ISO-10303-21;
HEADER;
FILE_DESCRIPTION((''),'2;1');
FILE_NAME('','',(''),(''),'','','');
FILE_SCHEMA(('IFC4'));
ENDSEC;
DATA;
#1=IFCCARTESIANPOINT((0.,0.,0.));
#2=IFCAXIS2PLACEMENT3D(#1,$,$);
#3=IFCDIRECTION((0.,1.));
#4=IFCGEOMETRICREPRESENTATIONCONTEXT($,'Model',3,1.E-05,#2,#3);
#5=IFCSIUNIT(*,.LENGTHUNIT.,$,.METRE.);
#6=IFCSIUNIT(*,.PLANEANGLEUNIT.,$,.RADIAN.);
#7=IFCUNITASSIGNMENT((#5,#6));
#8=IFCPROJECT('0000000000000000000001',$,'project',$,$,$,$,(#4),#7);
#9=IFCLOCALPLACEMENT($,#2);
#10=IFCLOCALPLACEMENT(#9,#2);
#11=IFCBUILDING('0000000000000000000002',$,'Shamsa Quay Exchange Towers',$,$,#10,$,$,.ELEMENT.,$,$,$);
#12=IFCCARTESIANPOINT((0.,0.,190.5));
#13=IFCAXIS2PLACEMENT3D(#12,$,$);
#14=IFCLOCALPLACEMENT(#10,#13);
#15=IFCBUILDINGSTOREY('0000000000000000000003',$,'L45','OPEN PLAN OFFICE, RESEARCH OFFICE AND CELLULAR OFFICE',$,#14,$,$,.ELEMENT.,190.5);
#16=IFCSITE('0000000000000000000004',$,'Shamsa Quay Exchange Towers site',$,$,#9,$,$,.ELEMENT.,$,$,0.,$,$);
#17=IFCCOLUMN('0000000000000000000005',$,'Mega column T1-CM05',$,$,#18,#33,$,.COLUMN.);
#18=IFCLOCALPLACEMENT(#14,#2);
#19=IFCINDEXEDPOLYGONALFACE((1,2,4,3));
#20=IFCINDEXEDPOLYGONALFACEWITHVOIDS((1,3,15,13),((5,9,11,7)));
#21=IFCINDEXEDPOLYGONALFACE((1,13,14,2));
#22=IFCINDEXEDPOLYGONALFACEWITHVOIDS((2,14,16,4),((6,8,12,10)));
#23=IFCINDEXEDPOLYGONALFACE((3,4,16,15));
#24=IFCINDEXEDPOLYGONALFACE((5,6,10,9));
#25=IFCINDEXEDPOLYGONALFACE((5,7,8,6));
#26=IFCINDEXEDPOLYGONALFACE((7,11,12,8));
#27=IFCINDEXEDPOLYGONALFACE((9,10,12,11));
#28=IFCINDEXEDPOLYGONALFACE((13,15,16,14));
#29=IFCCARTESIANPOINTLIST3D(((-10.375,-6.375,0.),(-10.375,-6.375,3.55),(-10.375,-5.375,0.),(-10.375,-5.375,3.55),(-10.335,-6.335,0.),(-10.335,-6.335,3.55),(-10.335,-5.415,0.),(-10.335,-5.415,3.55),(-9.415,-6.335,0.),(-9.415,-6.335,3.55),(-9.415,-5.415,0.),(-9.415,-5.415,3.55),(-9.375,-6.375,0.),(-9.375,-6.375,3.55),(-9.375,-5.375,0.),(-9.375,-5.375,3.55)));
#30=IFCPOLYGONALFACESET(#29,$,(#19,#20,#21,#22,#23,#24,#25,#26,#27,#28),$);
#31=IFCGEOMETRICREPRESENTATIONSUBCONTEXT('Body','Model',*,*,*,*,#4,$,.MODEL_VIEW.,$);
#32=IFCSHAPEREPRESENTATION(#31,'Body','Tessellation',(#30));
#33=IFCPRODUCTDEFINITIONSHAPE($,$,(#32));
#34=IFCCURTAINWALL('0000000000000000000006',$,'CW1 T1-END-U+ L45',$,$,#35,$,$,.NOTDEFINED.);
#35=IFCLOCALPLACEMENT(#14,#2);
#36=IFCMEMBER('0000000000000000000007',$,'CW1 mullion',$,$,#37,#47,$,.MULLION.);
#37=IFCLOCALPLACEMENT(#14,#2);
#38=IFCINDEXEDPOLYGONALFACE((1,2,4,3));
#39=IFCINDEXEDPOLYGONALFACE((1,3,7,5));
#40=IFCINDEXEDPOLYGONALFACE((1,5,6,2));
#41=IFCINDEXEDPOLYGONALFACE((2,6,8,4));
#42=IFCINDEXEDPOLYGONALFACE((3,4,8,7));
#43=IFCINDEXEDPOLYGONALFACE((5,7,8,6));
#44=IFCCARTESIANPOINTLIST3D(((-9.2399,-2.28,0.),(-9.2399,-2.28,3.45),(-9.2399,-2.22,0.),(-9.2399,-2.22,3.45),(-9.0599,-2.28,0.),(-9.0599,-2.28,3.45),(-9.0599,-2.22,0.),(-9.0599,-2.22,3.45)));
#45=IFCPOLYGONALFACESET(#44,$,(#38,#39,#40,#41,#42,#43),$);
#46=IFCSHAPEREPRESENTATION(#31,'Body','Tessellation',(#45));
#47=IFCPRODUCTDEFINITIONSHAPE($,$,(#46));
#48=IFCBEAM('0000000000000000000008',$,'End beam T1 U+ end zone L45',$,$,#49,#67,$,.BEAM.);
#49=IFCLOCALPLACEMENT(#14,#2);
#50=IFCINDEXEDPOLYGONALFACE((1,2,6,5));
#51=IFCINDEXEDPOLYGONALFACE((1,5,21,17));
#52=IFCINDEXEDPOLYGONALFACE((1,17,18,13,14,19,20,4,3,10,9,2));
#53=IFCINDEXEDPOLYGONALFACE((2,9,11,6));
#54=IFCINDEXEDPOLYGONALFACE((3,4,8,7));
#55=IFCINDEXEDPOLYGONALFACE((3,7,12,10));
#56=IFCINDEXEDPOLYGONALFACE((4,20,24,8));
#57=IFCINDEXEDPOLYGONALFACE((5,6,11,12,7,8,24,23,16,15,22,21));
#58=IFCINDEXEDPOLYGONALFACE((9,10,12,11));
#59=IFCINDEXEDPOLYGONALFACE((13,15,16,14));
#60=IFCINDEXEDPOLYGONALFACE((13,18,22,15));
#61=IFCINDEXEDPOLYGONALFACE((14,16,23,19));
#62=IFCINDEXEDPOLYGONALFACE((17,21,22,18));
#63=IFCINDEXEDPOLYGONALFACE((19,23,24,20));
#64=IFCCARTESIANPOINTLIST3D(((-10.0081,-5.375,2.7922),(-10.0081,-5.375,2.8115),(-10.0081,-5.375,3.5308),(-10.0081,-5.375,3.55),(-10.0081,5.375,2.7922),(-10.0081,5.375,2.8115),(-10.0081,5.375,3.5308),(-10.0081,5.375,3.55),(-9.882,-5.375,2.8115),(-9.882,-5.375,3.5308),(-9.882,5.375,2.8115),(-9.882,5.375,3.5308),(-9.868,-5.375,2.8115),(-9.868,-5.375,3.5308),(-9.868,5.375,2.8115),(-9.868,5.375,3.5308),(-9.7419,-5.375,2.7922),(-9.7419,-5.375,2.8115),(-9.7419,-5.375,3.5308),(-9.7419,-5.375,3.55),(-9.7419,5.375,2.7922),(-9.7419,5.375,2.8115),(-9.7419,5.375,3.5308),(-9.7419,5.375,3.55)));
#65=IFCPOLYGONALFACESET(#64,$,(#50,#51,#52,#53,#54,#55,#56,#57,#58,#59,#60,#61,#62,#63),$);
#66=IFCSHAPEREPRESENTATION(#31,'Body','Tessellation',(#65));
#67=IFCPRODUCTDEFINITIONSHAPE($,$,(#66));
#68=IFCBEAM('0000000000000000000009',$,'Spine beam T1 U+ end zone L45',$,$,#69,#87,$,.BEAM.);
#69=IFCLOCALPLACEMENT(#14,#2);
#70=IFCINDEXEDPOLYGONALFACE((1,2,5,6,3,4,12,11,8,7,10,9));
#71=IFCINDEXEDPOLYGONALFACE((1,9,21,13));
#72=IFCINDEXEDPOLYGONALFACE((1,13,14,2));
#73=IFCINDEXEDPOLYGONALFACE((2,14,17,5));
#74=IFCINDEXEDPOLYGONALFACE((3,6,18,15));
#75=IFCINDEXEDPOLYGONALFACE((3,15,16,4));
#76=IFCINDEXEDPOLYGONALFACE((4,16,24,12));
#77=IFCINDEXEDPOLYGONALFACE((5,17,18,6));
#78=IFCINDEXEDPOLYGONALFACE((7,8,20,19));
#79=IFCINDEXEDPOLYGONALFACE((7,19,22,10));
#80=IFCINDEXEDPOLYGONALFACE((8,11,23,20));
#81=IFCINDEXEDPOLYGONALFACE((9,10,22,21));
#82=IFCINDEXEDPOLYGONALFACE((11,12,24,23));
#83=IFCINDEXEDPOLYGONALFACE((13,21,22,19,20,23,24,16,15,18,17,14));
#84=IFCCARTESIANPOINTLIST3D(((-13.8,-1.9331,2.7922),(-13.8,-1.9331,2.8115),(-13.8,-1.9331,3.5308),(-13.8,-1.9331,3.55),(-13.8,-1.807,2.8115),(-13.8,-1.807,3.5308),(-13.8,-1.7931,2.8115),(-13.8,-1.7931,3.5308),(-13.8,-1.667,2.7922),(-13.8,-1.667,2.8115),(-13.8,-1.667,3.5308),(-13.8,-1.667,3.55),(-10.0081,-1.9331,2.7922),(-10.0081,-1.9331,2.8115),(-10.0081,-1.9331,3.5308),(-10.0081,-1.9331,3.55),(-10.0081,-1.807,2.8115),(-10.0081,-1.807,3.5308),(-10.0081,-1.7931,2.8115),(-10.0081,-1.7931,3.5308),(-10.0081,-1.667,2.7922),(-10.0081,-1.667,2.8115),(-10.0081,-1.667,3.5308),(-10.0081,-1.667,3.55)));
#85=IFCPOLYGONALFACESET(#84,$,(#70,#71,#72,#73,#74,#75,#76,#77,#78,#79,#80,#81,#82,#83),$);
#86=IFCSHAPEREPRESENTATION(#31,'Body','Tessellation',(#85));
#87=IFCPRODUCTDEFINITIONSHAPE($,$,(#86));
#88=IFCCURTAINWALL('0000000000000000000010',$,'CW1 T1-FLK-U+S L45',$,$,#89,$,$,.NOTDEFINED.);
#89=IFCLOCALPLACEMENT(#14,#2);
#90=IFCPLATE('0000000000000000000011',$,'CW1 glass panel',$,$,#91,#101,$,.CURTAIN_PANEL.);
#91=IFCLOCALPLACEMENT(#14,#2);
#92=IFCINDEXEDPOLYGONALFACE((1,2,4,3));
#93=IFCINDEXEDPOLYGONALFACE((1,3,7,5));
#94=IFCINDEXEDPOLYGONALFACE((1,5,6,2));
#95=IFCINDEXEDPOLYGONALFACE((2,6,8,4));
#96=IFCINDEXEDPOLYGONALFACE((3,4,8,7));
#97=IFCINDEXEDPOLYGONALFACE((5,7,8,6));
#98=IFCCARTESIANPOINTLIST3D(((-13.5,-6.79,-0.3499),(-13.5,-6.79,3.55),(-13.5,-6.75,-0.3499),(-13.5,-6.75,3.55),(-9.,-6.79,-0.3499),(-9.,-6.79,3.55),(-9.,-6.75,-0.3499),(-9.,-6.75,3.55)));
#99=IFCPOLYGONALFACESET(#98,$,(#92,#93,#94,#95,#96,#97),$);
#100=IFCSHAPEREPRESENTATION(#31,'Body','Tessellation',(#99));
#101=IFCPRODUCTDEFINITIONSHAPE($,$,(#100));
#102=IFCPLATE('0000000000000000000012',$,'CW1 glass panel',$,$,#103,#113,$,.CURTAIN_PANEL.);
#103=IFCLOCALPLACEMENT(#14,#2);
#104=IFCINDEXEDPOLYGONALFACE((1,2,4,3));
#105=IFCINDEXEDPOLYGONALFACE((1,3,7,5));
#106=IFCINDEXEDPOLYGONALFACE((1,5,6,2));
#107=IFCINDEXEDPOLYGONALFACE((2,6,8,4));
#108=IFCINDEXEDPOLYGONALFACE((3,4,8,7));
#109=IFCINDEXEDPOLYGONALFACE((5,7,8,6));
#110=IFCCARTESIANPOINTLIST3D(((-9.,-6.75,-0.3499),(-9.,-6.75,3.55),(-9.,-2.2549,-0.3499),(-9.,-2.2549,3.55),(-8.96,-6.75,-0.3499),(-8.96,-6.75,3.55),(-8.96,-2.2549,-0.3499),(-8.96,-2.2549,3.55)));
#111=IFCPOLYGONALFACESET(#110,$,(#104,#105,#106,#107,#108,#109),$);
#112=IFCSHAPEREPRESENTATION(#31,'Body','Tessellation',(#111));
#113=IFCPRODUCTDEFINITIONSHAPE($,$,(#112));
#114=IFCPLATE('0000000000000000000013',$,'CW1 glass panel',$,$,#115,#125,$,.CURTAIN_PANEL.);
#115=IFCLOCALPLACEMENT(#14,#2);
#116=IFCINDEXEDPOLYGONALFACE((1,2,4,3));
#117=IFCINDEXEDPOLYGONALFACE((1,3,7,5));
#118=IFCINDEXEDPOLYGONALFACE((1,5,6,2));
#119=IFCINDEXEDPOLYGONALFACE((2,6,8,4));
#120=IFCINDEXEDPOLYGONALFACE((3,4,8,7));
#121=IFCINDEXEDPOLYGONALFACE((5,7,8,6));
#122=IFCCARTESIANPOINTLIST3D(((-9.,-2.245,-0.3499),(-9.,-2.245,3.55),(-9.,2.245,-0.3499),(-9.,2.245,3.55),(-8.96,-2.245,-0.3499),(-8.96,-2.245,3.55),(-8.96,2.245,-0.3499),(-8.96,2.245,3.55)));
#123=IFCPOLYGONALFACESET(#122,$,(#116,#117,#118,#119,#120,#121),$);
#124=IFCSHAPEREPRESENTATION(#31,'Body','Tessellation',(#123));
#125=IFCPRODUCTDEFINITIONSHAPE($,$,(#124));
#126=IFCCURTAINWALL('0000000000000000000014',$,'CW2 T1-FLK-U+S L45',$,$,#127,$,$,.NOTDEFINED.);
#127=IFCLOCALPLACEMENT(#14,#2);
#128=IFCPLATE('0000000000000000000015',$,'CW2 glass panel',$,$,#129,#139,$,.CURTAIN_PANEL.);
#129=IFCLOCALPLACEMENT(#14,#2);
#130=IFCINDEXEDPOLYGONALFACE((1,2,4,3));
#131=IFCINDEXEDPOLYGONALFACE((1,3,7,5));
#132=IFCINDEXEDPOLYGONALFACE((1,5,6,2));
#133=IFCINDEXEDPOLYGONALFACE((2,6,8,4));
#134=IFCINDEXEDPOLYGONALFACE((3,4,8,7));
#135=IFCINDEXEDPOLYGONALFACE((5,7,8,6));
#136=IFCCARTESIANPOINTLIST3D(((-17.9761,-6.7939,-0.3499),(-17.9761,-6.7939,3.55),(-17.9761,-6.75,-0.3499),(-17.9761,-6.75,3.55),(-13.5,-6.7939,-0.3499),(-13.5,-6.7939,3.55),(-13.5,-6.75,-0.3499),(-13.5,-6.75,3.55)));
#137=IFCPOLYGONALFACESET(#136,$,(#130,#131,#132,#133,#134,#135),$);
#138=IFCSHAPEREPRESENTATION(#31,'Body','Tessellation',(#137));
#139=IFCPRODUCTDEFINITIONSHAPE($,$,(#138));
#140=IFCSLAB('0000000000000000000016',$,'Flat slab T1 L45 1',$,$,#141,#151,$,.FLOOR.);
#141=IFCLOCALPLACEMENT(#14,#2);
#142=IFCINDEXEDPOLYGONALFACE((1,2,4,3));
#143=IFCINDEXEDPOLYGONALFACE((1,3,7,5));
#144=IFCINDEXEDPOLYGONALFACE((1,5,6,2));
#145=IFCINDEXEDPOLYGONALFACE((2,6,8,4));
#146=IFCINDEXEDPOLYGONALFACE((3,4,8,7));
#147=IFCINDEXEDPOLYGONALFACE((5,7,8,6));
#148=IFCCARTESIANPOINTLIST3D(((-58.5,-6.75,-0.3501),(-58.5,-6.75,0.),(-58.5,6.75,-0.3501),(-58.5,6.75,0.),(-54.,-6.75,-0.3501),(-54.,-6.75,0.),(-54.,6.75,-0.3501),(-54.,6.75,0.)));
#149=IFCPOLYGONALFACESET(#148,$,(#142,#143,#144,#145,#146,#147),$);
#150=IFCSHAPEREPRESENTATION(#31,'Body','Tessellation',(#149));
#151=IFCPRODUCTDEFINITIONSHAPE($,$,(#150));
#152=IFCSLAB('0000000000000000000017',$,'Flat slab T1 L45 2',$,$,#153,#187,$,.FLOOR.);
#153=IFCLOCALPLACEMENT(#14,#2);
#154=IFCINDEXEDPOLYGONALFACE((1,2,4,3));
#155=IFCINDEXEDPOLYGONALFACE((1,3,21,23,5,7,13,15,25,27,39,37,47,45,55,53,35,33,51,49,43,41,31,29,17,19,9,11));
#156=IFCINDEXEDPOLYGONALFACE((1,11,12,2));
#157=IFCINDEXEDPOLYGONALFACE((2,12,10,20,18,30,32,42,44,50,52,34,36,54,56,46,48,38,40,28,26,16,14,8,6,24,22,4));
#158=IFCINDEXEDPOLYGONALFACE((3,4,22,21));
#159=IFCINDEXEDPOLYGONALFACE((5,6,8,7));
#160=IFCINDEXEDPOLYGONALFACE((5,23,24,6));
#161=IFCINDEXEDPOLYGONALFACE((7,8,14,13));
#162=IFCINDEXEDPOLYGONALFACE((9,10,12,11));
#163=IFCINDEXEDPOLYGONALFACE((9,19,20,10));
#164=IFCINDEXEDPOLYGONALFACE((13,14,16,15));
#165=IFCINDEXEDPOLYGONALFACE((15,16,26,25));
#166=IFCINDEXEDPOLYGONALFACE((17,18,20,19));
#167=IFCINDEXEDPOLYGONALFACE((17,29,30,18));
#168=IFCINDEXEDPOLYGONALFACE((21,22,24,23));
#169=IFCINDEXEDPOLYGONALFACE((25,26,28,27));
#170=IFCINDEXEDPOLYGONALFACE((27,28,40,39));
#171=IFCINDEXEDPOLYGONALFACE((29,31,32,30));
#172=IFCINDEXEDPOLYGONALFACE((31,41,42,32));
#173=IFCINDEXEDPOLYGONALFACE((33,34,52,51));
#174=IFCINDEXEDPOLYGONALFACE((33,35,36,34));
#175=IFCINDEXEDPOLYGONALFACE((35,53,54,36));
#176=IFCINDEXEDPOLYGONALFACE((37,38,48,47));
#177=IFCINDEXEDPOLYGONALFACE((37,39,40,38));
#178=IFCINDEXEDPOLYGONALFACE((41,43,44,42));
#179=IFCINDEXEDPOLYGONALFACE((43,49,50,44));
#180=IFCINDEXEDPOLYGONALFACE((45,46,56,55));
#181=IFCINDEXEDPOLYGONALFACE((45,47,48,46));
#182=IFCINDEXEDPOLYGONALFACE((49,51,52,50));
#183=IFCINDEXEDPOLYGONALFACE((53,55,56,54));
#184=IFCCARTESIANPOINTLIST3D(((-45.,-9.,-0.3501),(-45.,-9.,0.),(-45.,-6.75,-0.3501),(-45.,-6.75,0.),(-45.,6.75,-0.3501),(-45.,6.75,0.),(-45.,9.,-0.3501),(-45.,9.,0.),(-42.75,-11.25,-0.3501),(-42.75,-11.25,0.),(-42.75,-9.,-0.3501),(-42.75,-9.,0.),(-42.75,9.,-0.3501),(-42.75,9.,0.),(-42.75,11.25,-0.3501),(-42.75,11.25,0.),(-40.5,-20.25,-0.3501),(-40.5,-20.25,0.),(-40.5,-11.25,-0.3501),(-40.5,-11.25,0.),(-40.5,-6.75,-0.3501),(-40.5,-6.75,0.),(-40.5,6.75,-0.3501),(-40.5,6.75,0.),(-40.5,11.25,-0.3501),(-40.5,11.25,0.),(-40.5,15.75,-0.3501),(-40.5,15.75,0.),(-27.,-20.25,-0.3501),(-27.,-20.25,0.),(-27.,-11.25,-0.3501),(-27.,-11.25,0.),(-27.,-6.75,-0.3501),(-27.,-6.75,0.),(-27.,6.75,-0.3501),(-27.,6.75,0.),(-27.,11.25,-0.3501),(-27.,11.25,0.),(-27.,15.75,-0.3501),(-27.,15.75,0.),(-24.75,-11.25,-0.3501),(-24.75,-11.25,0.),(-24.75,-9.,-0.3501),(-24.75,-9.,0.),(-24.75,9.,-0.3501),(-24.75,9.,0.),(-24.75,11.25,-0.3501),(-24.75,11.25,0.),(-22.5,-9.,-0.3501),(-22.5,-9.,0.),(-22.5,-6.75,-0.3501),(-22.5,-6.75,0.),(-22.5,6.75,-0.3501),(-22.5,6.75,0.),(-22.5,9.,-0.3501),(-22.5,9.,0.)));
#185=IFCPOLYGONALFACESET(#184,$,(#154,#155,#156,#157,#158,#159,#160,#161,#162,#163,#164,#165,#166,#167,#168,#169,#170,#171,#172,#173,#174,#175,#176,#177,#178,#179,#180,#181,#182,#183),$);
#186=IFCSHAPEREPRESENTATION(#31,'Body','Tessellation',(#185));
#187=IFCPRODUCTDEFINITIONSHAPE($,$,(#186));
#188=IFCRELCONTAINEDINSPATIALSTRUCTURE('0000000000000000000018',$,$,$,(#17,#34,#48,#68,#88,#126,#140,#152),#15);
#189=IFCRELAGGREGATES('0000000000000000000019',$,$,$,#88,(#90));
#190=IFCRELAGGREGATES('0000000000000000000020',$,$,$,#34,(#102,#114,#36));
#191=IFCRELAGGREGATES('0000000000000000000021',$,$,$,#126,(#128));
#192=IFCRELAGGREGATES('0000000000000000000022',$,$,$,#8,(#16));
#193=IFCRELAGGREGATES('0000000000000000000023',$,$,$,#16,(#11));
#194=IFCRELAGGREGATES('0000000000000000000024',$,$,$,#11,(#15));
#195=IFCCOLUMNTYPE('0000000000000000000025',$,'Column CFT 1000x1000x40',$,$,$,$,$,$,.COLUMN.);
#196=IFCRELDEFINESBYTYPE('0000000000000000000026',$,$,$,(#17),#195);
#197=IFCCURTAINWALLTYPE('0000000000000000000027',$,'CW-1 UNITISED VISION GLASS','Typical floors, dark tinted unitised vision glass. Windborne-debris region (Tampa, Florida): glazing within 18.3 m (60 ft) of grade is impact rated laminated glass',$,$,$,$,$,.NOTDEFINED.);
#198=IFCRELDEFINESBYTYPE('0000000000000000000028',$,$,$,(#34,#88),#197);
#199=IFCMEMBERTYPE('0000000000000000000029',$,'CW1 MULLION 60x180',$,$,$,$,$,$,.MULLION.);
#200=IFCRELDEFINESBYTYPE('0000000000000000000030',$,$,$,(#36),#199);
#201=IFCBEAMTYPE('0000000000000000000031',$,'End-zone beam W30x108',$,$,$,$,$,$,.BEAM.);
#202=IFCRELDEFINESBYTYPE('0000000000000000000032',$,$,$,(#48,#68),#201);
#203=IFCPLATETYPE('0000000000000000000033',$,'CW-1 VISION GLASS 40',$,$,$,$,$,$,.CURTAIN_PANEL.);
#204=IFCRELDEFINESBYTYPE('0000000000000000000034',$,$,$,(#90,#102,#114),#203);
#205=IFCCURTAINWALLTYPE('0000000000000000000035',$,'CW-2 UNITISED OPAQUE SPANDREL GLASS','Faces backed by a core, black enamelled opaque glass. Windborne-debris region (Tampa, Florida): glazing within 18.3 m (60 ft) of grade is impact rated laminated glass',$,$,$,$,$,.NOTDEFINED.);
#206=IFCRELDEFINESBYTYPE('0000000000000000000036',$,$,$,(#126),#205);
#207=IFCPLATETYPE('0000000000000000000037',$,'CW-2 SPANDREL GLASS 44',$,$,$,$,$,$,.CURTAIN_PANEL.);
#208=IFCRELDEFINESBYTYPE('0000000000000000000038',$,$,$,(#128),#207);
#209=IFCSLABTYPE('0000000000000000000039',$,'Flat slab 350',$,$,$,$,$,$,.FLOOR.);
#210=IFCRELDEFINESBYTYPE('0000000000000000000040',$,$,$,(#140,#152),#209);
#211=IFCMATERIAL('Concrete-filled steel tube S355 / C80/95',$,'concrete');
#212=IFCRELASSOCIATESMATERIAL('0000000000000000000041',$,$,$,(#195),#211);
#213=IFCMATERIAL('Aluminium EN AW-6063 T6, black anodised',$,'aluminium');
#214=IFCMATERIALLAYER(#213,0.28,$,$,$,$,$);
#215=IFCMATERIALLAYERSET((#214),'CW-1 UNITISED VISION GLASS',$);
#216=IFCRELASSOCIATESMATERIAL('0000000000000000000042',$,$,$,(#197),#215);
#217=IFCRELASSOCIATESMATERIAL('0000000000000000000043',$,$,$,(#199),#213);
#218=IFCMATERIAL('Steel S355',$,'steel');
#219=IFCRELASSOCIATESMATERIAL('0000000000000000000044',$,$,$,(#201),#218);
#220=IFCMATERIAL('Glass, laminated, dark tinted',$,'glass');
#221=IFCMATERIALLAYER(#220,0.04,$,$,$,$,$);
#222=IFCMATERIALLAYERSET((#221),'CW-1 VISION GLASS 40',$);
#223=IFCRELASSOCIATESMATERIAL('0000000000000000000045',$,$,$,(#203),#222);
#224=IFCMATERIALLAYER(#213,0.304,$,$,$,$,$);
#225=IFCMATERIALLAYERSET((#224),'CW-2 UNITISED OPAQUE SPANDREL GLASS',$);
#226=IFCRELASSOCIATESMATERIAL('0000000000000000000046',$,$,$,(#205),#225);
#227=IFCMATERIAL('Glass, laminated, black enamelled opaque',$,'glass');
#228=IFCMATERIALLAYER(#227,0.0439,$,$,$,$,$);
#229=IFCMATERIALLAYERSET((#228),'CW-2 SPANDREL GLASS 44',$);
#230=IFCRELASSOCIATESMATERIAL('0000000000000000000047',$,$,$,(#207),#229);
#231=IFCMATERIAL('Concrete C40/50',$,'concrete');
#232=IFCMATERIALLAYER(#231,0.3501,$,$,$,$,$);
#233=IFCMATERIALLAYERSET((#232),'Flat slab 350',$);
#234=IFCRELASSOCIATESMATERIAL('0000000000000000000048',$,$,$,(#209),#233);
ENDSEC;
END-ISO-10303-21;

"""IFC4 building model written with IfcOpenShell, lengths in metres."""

from ifc_helpers import new_model, si_unit, direction, frame, origin, origin_2d, place, context, subcontext, project, spatial, polyline, rectangle, hollow_rectangle, i_section, outline, extrude, material, layer, layer_set, material_profile, profile_set, type_object, element, aggregate, save


model = new_model("IFC4")

# Units and contexts
model_context = context("Model", 3, precision=1e-05, world=origin(), true_north=direction((0.0, 1.0)))
body_context = subcontext(model_context, "Body", "Model", "MODEL_VIEW")
ifc_project = project(units=[si_unit("LENGTHUNIT", "METRE"), si_unit("PLANEANGLEUNIT", "RADIAN")], contexts=[model_context])

# Site, building, storey
site_placement = place(None, origin())
site = spatial("IfcSite", under=ifc_project, at=site_placement, Name="Shamsa Quay Exchange Towers site", CompositionType="ELEMENT", RefElevation=0.0)
building_placement = place(site_placement, origin())
building = spatial("IfcBuilding", under=site, at=building_placement, Name="Shamsa Quay Exchange Towers", CompositionType="ELEMENT")
storey_placement = place(building_placement, frame((0.0, 0.0, 190.5)))
storey = spatial("IfcBuildingStorey", under=building, at=storey_placement, Name="L45", Description="OPEN PLAN OFFICE, RESEARCH OFFICE AND CELLULAR OFFICE", CompositionType="ELEMENT", Elevation=190.5)

# Column
ifc_material_1 = material(Name="Concrete-filled steel tube S355 / C80/95", Category="concrete")
ifc_material_profile_1 = material_profile(ifc_material_1, hollow_rectangle(XDim=1.0, YDim=1.0, WallThickness=0.04, at=origin_2d()), Name="CFT 1000x1000x40")
ifc_profile_set_1 = profile_set([ifc_material_profile_1], Name="Concrete-filled steel tube S355 / C80/95")
column_type = type_object("IfcColumnType", Name="Column CFT 1000x1000x40", PredefinedType="COLUMN", material=ifc_profile_set_1)
column_placement = place(storey_placement, frame((-9.875, -5.875, 0.0)))
element("IfcColumn", 1, at=column_placement, inside=storey, type_object=column_type, Name="Mega column T1-CM05", PredefinedType="COLUMN", context=body_context, shape_type="SweptSolid", body=[
    extrude(hollow_rectangle(XDim=1.0, YDim=1.0, WallThickness=0.04, at=origin_2d()), origin(), (0.0, 0.0, 1.0), 3.55),
])

# Curtain wall, member
ifc_material_2 = material(Name="Aluminium EN AW-6063 T6, black anodised", Category="aluminium")
ifc_layer_1 = layer(ifc_material_2, 0.28)
ifc_layer_set_1 = layer_set([ifc_layer_1], Name="CW-1 UNITISED VISION GLASS")
curtain_wall_type_1 = type_object("IfcCurtainWallType", Name="CW-1 UNITISED VISION GLASS", Description="Typical floors, dark tinted unitised vision glass. Windborne-debris region (Tampa, Florida): glazing within 18.3 m (60 ft) of grade is impact rated laminated glass", PredefinedType="NOTDEFINED", material=ifc_layer_set_1)
curtain_wall_1_placement = place(storey_placement, origin())
curtain_wall_1 = element("IfcCurtainWall", 2, at=curtain_wall_1_placement, inside=storey, type_object=curtain_wall_type_1, Name="CW1 T1-END-U+ L45", PredefinedType="NOTDEFINED")
ifc_material_profile_2 = material_profile(ifc_material_2, rectangle(XDim=0.1799, YDim=0.0601, at=origin_2d()), Name="MU60x180")
ifc_profile_set_2 = profile_set([ifc_material_profile_2], Name="Aluminium EN AW-6063 T6, black anodised")
member_type = type_object("IfcMemberType", Name="CW1 MULLION 60x180", PredefinedType="MULLION", material=ifc_profile_set_2)
member_placement = place(storey_placement, frame((-9.1499, -2.25, 0.0), z_axis=(0.0, 0.0, 1.0), x_axis=(-1.0, 0.0, 0.0)))
member = element("IfcMember", 3, at=member_placement, type_object=member_type, Name="CW1 mullion", PredefinedType="MULLION", context=body_context, shape_type="SweptSolid", body=[
    extrude(rectangle(XDim=0.1799, YDim=0.0601, at=origin_2d()), origin(), (0.0, 0.0, 1.0), 3.45),
])

# Beams
ifc_material_3 = material(Name="Steel S355", Category="steel")
ifc_material_profile_3 = material_profile(ifc_material_3, i_section(OverallWidth=0.2661, OverallDepth=0.7578, WebThickness=0.0139, FlangeThickness=0.0193, at=origin_2d()), Name="W30x108")
ifc_profile_set_3 = profile_set([ifc_material_profile_3], Name="Steel S355")
beam_type = type_object("IfcBeamType", Name="End-zone beam W30x108", PredefinedType="BEAM", material=ifc_profile_set_3)
beam_1_placement = place(storey_placement, frame((-9.875, -5.375, 3.1711), z_axis=(0.0, 1.0, 0.0), x_axis=(-1.0, 0.0, 0.0)))
element("IfcBeam", 4, at=beam_1_placement, inside=storey, type_object=beam_type, Name="End beam T1 U+ end zone L45", PredefinedType="BEAM", context=body_context, shape_type="SweptSolid", body=[
    extrude(i_section(OverallWidth=0.2661, OverallDepth=0.7578, WebThickness=0.0139, FlangeThickness=0.0193, at=origin_2d()), origin(), (0.0, 0.0, 1.0), 10.75),
])
beam_2_placement = place(storey_placement, frame((-13.8, -1.8, 3.1711), z_axis=(1.0, 0.0, 0.0), x_axis=(0.0, 1.0, 0.0)))
element("IfcBeam", 5, at=beam_2_placement, inside=storey, type_object=beam_type, Name="Spine beam T1 U+ end zone L45", PredefinedType="BEAM", context=body_context, shape_type="SweptSolid", body=[
    extrude(i_section(OverallWidth=0.2661, OverallDepth=0.7578, WebThickness=0.0139, FlangeThickness=0.0193, at=origin_2d()), origin(), (0.0, 0.0, 1.0), 3.792),
])

# Curtain wall, plate
curtain_wall_2_placement = place(storey_placement, origin())
curtain_wall_2 = element("IfcCurtainWall", 6, at=curtain_wall_2_placement, inside=storey, type_object=curtain_wall_type_1, Name="CW1 T1-FLK-U+S L45", PredefinedType="NOTDEFINED")
ifc_material_4 = material(Name="Glass, laminated, dark tinted", Category="glass")
ifc_layer_2 = layer(ifc_material_4, 0.04)
ifc_layer_set_2 = layer_set([ifc_layer_2], Name="CW-1 VISION GLASS 40")
plate_type_1 = type_object("IfcPlateType", Name="CW-1 VISION GLASS 40", PredefinedType="CURTAIN_PANEL", material=ifc_layer_set_2)
plate_1_placement = place(storey_placement, frame((-11.25, -6.77, -0.3499)))
plate_1 = element("IfcPlate", 7, at=plate_1_placement, type_object=plate_type_1, Name="CW1 glass panel", PredefinedType="CURTAIN_PANEL", context=body_context, shape_type="SweptSolid", body=[
    extrude(rectangle(XDim=4.5, YDim=0.04, at=origin_2d()), origin(), (0.0, 0.0, 1.0), 3.8999),
])
aggregate(curtain_wall_2, [plate_1])

# Plates
plate_2_placement = place(storey_placement, frame((-8.98, -4.5024, -0.3499), z_axis=(0.0, 0.0, 1.0), x_axis=(0.0, 1.0, 0.0)))
plate_2 = element("IfcPlate", 8, at=plate_2_placement, type_object=plate_type_1, Name="CW1 glass panel", PredefinedType="CURTAIN_PANEL", context=body_context, shape_type="SweptSolid", body=[
    extrude(rectangle(XDim=4.4951, YDim=0.04, at=origin_2d()), origin(), (0.0, 0.0, 1.0), 3.8999),
])
plate_3_placement = place(storey_placement, frame((-8.98, 0.0, -0.3499), z_axis=(0.0, 0.0, 1.0), x_axis=(0.0, 1.0, 0.0)))
plate_3 = element("IfcPlate", 9, at=plate_3_placement, type_object=plate_type_1, Name="CW1 glass panel", PredefinedType="CURTAIN_PANEL", context=body_context, shape_type="SweptSolid", body=[
    extrude(rectangle(XDim=4.49, YDim=0.04, at=origin_2d()), origin(), (0.0, 0.0, 1.0), 3.8999),
])
aggregate(curtain_wall_1, [plate_2, plate_3, member])

# Curtain wall, plate
ifc_layer_3 = layer(ifc_material_2, 0.304)
ifc_layer_set_3 = layer_set([ifc_layer_3], Name="CW-2 UNITISED OPAQUE SPANDREL GLASS")
curtain_wall_type_2 = type_object("IfcCurtainWallType", Name="CW-2 UNITISED OPAQUE SPANDREL GLASS", Description="Faces backed by a core, black enamelled opaque glass. Windborne-debris region (Tampa, Florida): glazing within 18.3 m (60 ft) of grade is impact rated laminated glass", PredefinedType="NOTDEFINED", material=ifc_layer_set_3)
curtain_wall_3_placement = place(storey_placement, origin())
curtain_wall_3 = element("IfcCurtainWall", 10, at=curtain_wall_3_placement, inside=storey, type_object=curtain_wall_type_2, Name="CW2 T1-FLK-U+S L45", PredefinedType="NOTDEFINED")
ifc_material_5 = material(Name="Glass, laminated, black enamelled opaque", Category="glass")
ifc_layer_4 = layer(ifc_material_5, 0.0439)
ifc_layer_set_4 = layer_set([ifc_layer_4], Name="CW-2 SPANDREL GLASS 44")
plate_type_2 = type_object("IfcPlateType", Name="CW-2 SPANDREL GLASS 44", PredefinedType="CURTAIN_PANEL", material=ifc_layer_set_4)
plate_4_placement = place(storey_placement, frame((-15.738, -6.772, -0.3499)))
plate_4 = element("IfcPlate", 11, at=plate_4_placement, type_object=plate_type_2, Name="CW2 glass panel", PredefinedType="CURTAIN_PANEL", context=body_context, shape_type="SweptSolid", body=[
    extrude(rectangle(XDim=4.4761, YDim=0.0439, at=origin_2d()), origin(), (0.0, 0.0, 1.0), 3.8999),
])
aggregate(curtain_wall_3, [plate_4])

# Slabs
ifc_material_6 = material(Name="Concrete C40/50", Category="concrete")
ifc_layer_5 = layer(ifc_material_6, 0.3501)
ifc_layer_set_5 = layer_set([ifc_layer_5], Name="Flat slab 350")
slab_type = type_object("IfcSlabType", Name="Flat slab 350", PredefinedType="FLOOR", material=ifc_layer_set_5)
slab_1_placement = place(storey_placement, frame((0.0, 0.0, -0.3501)))
element("IfcSlab", 12, at=slab_1_placement, inside=storey, type_object=slab_type, Name="Flat slab T1 L45 1", PredefinedType="FLOOR", context=body_context, shape_type="SweptSolid", body=[
    extrude(outline(polyline([(-58.5, -6.75), (-54.0, -6.75), (-54.0, 6.75), (-58.5, 6.75), (-58.5, -6.75)])), origin(), (0.0, 0.0, 1.0), 0.3501),
])
slab_2_placement = place(storey_placement, frame((0.0, 0.0, -0.3501)))
element("IfcSlab", 13, at=slab_2_placement, inside=storey, type_object=slab_type, Name="Flat slab T1 L45 2", PredefinedType="FLOOR", context=body_context, shape_type="SweptSolid", body=[
    extrude(outline(polyline([(-22.5, -9.0), (-22.5, -6.75), (-27.0, -6.75), (-27.0, 6.75), (-22.5, 6.75), (-22.5, 9.0), (-24.75, 9.0), (-24.75, 11.25), (-27.0, 11.25), (-27.0, 15.75), (-40.5, 15.75), (-40.5, 11.25), (-42.75, 11.25), (-42.75, 9.0), (-45.0, 9.0), (-45.0, 6.75), (-40.5, 6.75), (-40.5, -6.75), (-45.0, -6.75), (-45.0, -9.0), (-42.75, -9.0), (-42.75, -11.25), (-40.5, -11.25), (-40.5, -20.25), (-27.0, -20.25), (-27.0, -11.25), (-24.75, -11.25), (-24.75, -9.0), (-22.5, -9.0)])), origin(), (0.0, 0.0, 1.0), 0.3501),
])

save(model, "model.ifc")
